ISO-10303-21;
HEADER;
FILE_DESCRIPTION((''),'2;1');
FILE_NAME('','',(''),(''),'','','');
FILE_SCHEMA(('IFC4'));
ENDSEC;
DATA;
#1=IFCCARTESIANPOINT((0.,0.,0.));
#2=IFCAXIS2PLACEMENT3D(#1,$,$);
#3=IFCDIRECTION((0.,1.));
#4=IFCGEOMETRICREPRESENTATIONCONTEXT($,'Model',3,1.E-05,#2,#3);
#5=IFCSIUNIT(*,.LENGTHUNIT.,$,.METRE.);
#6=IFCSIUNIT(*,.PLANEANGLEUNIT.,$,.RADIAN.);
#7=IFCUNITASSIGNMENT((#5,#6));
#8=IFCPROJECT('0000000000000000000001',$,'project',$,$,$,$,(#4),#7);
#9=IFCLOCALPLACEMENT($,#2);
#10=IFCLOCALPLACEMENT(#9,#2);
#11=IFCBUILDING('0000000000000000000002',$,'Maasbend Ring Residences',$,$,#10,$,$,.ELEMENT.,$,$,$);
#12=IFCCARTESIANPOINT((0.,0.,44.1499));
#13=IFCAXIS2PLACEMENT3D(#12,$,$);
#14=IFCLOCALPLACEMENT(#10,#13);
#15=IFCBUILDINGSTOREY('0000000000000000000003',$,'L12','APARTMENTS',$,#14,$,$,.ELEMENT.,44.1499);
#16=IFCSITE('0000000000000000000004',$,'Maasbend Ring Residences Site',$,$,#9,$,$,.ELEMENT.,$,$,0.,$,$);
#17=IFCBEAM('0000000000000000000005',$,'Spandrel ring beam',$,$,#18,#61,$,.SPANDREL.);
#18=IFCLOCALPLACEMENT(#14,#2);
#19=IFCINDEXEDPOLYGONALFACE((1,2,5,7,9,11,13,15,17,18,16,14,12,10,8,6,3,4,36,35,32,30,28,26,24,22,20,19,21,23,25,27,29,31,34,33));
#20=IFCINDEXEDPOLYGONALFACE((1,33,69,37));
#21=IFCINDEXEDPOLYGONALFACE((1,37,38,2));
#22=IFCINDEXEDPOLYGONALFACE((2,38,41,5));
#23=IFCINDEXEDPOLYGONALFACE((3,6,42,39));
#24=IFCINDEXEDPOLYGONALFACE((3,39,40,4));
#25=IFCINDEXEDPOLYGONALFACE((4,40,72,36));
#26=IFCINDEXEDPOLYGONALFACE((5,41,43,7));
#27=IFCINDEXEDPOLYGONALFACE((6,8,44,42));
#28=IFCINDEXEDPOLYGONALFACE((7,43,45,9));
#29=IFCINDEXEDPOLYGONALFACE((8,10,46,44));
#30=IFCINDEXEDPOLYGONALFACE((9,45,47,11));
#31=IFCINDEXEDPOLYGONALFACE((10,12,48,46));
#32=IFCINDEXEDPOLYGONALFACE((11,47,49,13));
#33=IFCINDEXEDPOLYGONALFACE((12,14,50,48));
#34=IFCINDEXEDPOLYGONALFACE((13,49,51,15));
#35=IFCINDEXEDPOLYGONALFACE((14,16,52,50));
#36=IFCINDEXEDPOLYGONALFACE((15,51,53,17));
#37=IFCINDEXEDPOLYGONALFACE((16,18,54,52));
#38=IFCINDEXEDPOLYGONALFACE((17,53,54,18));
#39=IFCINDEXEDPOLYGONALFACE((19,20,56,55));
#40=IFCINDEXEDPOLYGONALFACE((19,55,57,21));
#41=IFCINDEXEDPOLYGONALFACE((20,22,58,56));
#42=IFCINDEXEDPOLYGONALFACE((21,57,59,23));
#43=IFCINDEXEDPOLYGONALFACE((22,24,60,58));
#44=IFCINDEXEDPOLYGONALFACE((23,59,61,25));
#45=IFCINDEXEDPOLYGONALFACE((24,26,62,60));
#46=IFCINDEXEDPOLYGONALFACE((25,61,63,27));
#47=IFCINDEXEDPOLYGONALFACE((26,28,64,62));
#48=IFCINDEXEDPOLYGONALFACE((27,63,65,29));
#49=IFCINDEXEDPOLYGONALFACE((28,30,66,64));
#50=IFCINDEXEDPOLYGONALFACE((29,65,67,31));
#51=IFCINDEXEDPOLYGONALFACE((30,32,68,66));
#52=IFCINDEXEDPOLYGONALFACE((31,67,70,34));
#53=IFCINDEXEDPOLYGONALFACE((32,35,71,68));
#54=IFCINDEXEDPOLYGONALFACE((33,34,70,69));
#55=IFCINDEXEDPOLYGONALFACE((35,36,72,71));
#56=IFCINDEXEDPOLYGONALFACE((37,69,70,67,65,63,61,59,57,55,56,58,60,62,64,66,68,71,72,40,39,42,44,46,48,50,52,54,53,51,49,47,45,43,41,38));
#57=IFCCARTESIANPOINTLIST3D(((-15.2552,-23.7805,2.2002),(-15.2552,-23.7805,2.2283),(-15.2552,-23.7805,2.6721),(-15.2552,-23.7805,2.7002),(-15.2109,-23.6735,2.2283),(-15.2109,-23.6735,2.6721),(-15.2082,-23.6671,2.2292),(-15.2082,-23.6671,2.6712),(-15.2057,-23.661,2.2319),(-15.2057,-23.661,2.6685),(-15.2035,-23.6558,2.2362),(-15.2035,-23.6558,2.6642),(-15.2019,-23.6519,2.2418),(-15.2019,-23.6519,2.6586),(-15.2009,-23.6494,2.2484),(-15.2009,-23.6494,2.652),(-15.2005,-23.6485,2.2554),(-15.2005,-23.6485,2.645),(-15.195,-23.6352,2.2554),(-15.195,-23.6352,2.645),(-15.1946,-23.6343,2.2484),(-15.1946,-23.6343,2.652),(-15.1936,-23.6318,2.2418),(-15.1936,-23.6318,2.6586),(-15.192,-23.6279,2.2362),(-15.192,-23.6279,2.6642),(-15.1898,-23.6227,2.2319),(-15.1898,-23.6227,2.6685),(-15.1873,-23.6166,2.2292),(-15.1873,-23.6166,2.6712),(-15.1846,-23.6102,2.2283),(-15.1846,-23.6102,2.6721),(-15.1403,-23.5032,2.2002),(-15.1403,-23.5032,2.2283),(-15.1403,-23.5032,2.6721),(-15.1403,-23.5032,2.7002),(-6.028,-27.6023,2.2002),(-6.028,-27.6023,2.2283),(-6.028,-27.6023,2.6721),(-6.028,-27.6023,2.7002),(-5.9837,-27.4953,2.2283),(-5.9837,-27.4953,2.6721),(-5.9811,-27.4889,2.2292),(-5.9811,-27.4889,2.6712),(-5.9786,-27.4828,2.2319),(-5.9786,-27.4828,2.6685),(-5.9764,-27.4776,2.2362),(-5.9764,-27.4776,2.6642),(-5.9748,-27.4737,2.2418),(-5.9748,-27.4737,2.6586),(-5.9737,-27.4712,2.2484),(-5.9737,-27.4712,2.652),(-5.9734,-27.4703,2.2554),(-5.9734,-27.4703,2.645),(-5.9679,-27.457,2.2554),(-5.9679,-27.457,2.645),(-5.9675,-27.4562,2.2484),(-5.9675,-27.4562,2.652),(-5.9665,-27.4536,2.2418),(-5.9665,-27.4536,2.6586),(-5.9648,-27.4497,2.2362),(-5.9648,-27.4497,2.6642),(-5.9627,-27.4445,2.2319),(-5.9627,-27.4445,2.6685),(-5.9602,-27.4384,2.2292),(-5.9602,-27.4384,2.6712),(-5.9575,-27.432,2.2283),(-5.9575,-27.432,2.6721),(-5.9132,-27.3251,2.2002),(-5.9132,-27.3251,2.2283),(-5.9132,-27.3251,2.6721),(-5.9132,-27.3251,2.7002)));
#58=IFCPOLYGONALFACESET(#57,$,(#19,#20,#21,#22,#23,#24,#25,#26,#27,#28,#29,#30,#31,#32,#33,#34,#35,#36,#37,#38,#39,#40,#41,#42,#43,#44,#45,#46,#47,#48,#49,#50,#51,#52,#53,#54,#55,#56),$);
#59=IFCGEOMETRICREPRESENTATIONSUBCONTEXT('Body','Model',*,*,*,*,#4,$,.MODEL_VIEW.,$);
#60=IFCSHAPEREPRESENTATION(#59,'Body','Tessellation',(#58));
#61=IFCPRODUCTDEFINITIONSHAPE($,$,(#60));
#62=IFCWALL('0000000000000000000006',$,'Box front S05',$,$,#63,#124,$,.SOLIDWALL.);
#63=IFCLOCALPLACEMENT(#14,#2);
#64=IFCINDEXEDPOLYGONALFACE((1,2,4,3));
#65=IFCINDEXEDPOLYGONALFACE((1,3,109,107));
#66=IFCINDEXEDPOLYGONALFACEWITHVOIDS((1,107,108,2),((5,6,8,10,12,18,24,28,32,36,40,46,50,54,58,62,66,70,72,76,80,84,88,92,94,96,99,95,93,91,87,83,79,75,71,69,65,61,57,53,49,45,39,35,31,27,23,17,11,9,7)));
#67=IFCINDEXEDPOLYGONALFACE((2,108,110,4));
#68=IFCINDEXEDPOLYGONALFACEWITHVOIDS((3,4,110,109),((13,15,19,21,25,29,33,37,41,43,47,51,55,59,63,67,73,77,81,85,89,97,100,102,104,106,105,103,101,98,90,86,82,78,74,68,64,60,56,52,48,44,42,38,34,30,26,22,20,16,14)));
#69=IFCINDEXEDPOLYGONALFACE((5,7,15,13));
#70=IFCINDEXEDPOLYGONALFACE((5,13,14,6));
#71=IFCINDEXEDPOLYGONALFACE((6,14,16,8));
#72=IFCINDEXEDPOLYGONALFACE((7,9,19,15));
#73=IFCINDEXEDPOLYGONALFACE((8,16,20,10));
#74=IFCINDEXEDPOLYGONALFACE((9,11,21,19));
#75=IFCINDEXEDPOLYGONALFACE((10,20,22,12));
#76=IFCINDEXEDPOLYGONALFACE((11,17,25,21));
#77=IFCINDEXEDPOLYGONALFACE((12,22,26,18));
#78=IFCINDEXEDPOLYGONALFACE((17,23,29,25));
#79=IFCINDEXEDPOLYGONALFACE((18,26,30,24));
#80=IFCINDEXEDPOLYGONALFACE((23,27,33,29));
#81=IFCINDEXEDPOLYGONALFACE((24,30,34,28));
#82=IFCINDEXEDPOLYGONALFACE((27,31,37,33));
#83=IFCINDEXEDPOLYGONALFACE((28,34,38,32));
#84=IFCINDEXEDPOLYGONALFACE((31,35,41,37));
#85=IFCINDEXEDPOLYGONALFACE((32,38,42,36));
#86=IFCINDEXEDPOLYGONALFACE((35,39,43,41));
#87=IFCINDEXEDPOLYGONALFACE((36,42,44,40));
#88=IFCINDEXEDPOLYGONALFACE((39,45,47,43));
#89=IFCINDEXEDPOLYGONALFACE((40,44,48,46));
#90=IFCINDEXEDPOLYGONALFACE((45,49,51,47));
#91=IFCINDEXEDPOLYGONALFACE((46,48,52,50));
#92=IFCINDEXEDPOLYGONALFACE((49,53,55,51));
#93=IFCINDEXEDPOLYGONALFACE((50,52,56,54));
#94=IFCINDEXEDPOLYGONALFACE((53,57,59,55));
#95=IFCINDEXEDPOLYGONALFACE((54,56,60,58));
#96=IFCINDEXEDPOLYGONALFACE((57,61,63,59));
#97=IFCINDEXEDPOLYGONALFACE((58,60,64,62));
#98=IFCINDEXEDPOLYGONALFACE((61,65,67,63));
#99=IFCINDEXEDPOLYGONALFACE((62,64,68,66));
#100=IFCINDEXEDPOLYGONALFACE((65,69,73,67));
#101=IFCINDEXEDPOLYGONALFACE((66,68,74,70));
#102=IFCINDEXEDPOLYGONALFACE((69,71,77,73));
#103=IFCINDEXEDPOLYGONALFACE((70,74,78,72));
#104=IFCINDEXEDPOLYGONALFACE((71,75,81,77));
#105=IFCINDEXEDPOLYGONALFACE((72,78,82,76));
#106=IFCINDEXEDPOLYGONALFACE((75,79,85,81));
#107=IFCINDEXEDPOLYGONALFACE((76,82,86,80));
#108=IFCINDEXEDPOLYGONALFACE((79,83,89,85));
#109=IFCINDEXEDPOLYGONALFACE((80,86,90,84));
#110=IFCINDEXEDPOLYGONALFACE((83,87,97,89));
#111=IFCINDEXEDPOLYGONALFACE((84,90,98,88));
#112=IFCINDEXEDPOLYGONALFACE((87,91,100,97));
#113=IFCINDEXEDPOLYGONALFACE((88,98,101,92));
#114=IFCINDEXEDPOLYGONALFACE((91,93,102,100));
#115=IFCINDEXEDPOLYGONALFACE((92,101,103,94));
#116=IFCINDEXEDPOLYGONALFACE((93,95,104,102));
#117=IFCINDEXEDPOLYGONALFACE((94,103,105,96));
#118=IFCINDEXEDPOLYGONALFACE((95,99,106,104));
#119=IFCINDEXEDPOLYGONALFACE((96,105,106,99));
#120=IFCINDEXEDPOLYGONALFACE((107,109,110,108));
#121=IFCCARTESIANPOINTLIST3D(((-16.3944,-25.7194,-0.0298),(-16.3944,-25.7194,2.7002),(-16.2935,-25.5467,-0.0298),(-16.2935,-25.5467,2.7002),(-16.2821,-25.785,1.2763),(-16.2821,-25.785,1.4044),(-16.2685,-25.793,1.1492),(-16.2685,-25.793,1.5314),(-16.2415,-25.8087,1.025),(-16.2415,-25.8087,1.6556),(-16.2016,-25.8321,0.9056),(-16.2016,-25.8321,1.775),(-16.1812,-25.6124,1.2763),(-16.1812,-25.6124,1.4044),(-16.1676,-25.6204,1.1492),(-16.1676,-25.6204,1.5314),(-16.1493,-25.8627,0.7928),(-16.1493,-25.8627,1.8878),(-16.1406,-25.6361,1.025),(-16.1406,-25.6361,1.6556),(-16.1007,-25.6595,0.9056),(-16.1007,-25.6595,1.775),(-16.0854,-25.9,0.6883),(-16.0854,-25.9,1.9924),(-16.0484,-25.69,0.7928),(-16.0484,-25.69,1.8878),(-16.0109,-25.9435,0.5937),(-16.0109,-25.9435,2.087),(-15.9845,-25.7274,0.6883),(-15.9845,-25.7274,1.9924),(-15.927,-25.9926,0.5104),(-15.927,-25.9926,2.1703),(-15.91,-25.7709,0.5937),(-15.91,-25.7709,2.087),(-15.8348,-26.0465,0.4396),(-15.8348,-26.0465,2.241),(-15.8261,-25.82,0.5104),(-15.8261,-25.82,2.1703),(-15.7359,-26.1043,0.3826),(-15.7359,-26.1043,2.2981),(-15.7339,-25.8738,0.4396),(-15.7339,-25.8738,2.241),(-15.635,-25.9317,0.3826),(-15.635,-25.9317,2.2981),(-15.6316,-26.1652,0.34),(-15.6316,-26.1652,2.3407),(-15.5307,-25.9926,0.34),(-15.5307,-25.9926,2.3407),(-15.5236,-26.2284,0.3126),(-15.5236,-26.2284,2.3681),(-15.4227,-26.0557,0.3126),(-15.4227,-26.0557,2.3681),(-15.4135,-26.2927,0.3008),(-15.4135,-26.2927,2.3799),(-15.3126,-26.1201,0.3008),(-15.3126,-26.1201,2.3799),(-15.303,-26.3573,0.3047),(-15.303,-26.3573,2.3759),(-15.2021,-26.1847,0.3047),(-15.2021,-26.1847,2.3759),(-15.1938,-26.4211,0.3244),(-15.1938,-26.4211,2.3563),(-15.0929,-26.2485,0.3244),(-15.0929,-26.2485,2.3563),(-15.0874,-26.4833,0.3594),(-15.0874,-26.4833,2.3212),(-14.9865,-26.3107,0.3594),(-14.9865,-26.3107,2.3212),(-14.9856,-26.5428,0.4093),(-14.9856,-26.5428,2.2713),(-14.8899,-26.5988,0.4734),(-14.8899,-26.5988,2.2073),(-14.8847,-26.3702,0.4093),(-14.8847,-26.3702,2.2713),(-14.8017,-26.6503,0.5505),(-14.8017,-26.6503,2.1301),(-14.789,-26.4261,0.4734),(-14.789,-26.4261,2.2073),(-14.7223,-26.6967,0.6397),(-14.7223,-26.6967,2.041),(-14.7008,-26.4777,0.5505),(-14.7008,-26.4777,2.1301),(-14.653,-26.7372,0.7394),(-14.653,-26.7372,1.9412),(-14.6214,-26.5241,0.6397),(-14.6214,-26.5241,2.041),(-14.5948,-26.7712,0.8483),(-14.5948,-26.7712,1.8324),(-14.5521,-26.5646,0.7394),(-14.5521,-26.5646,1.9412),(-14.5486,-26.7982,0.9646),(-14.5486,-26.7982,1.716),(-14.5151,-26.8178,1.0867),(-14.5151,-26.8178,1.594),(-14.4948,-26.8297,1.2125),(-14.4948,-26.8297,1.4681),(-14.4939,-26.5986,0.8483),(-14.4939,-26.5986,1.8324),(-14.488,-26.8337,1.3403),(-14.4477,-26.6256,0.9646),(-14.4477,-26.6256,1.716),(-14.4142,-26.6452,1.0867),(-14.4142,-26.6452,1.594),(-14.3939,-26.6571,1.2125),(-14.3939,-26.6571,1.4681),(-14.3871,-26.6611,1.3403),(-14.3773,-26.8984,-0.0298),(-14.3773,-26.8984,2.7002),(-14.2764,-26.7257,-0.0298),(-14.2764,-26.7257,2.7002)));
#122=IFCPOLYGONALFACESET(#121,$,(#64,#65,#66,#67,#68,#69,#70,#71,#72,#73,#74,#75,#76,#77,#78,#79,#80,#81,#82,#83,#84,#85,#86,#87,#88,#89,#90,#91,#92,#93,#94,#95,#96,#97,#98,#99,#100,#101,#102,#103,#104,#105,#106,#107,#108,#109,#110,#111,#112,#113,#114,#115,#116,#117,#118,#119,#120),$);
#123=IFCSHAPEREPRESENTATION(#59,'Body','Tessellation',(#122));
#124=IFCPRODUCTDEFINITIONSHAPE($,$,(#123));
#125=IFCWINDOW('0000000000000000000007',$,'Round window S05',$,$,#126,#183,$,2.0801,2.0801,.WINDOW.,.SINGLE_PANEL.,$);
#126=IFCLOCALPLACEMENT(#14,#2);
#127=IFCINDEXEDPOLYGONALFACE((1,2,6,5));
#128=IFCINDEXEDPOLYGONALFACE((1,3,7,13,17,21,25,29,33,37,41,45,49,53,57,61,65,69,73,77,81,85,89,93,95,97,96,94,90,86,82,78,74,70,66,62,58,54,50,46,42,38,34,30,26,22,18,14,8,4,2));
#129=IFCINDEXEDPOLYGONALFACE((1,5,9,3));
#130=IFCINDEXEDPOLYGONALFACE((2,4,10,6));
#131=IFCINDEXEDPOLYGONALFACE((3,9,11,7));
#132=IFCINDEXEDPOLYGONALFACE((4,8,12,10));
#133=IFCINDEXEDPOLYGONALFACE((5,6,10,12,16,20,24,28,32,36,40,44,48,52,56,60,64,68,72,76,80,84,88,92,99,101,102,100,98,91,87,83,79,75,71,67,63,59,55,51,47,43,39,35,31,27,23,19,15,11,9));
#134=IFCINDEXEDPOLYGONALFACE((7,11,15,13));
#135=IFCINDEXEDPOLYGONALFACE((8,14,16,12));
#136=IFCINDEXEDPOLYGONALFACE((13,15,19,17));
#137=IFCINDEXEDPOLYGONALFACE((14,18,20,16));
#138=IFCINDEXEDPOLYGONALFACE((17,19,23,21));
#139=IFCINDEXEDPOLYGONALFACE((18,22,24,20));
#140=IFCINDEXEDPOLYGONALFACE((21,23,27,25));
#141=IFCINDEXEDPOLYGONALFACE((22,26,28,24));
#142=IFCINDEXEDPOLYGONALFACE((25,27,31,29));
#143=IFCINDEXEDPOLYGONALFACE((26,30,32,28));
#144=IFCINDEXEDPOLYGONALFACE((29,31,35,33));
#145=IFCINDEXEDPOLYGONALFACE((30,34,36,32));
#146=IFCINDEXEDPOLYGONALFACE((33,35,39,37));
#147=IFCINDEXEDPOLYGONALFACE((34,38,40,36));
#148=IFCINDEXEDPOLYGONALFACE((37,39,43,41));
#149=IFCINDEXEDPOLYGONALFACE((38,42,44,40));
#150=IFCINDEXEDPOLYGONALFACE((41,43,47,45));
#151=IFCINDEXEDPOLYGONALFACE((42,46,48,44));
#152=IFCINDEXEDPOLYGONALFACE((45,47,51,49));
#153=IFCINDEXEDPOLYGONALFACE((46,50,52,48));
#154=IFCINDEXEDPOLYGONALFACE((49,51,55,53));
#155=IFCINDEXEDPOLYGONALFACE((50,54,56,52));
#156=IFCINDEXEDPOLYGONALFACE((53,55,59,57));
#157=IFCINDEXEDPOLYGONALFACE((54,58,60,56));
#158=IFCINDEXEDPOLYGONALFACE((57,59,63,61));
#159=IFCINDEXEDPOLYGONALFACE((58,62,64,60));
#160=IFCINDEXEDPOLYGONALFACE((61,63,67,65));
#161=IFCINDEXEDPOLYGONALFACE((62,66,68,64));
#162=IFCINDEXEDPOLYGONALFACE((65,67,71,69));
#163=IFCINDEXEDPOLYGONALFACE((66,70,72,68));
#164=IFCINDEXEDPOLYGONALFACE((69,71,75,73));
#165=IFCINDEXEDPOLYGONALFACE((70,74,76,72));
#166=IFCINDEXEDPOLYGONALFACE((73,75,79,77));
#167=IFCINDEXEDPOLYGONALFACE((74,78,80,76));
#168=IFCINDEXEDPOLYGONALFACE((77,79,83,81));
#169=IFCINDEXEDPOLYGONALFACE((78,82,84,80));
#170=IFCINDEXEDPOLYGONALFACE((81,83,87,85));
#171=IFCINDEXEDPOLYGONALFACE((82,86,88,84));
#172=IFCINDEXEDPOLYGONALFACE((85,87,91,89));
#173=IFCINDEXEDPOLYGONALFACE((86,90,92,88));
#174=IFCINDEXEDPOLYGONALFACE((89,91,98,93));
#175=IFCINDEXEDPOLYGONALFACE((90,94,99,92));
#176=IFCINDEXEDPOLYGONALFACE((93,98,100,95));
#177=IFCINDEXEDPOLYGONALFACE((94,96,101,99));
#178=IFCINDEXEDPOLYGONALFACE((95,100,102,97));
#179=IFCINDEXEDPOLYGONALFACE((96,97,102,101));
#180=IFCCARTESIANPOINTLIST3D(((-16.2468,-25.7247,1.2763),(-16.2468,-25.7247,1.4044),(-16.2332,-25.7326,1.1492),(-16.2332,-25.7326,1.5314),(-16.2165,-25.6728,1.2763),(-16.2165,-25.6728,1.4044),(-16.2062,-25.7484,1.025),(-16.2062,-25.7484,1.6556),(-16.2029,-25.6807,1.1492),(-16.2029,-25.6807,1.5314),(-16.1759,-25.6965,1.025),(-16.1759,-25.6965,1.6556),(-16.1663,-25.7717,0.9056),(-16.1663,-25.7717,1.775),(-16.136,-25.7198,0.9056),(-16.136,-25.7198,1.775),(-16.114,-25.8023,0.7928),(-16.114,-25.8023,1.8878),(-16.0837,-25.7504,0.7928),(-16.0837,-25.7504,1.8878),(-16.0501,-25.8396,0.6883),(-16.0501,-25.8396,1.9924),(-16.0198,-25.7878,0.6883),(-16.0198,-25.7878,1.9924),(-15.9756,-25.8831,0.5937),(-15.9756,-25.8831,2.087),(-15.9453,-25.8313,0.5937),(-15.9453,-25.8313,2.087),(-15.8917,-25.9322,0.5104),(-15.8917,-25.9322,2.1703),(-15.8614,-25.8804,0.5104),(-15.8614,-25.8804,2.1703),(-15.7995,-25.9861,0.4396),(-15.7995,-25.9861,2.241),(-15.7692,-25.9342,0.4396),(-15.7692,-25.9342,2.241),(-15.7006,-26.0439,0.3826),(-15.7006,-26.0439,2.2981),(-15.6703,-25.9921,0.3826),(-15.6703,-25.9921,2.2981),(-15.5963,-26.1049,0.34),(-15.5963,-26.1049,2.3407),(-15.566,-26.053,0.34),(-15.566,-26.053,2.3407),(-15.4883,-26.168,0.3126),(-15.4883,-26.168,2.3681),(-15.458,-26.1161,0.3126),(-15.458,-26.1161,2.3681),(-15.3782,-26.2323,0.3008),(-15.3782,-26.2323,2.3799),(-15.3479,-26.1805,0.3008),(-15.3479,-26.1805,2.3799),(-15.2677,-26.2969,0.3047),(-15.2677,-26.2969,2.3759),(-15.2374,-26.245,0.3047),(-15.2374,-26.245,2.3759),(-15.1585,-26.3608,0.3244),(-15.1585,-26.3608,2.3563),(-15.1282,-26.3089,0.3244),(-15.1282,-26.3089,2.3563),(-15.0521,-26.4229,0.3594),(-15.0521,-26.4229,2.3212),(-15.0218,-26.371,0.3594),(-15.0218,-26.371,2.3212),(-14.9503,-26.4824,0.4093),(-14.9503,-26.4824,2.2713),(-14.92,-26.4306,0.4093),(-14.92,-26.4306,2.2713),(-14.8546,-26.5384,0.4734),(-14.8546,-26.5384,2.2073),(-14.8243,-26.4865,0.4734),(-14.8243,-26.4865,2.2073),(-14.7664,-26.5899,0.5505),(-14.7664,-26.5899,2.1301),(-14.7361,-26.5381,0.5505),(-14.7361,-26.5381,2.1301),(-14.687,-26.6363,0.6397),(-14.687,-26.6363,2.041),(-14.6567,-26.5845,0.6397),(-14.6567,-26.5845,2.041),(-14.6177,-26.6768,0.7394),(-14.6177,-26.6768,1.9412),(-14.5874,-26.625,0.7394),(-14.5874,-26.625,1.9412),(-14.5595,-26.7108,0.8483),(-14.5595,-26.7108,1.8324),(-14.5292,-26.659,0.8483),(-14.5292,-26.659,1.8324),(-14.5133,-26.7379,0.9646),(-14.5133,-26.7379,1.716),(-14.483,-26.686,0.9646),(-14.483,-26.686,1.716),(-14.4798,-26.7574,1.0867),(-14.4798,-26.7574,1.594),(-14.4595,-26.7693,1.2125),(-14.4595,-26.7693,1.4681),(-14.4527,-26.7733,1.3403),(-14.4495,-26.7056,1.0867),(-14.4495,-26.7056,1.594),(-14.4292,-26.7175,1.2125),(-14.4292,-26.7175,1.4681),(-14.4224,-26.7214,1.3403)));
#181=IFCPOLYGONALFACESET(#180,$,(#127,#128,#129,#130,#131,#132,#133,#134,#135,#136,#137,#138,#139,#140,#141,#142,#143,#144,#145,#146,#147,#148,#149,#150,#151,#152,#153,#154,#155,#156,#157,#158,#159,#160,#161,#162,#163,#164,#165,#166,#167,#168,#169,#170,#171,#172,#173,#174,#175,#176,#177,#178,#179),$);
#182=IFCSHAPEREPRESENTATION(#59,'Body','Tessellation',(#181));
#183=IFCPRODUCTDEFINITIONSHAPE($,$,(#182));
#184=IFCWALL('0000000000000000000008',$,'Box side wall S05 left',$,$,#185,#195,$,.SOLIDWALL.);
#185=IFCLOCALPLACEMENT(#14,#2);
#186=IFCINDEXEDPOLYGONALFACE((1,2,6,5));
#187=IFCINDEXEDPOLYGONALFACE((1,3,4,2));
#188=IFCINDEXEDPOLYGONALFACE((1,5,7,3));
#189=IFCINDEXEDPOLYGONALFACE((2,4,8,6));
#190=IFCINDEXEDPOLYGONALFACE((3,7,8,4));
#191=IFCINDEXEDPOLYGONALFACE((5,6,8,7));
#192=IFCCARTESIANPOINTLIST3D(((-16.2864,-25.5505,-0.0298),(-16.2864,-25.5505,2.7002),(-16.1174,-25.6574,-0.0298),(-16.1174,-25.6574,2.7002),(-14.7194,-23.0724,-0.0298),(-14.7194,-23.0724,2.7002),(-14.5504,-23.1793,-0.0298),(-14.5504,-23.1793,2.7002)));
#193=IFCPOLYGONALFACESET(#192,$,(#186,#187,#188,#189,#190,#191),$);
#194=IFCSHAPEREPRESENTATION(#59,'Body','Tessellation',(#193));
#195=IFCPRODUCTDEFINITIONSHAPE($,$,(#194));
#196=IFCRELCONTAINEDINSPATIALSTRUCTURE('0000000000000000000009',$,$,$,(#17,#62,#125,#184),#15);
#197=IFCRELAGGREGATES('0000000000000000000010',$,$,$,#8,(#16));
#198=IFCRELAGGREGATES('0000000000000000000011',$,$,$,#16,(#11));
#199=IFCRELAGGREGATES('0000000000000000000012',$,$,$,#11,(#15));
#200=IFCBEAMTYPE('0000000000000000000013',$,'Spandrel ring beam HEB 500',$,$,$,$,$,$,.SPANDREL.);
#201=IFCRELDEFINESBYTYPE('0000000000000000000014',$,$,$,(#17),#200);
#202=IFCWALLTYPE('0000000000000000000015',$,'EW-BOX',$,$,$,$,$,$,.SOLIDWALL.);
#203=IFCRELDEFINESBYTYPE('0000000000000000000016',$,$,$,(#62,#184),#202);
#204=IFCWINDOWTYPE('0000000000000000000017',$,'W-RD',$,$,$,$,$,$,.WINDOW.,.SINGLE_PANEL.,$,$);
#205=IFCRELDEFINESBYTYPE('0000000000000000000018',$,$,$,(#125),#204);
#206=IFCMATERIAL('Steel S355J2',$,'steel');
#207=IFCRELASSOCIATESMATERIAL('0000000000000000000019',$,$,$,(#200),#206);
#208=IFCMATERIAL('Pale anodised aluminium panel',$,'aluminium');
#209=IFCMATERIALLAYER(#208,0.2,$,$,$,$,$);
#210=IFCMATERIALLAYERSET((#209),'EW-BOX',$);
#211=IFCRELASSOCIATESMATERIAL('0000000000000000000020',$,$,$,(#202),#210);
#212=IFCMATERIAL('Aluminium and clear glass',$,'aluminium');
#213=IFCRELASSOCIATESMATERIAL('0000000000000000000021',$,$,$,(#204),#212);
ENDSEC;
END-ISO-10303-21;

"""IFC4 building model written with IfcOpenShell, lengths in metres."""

from ifc_helpers import new_model, si_unit, direction, frame, frame_2d, origin, origin_2d, place, context, subcontext, project, spatial, rectangle, circle, i_section, extrude, material, layer, layer_set, material_profile, profile_set, type_object, element, fill, save


model = new_model("IFC4")

# Units and contexts
model_context = context("Model", 3, precision=1e-05, world=origin(), true_north=direction((0.0, 1.0)))
body_context = subcontext(model_context, "Body", "Model", "MODEL_VIEW")
ifc_project = project(units=[si_unit("LENGTHUNIT", "METRE"), si_unit("PLANEANGLEUNIT", "RADIAN")], contexts=[model_context])

# Site, building, storey
site_placement = place(None, origin())
site = spatial("IfcSite", under=ifc_project, at=site_placement, Name="Maasbend Ring Residences Site", CompositionType="ELEMENT", RefElevation=0.0)
building_placement = place(site_placement, origin())
building = spatial("IfcBuilding", under=site, at=building_placement, Name="Maasbend Ring Residences", CompositionType="ELEMENT")
storey_placement = place(building_placement, frame((0.0, 0.0, 44.1499)))
storey = spatial("IfcBuildingStorey", under=building, at=storey_placement, Name="L12", Description="APARTMENTS", CompositionType="ELEMENT", Elevation=44.1499)

# Beam
ifc_material_1 = material(Name="Steel S355J2", Category="steel")
ifc_material_profile_1 = material_profile(ifc_material_1, i_section(OverallWidth=0.3, OverallDepth=0.5, WebThickness=0.0144, FlangeThickness=0.0281, FilletRadius=0.0271, at=origin_2d()), Name="HEB 500")
ifc_profile_set_1 = profile_set([ifc_material_profile_1], Name="Steel S355J2")
beam_type_1 = type_object("IfcBeamType", Name="Spandrel ring beam HEB 500", PredefinedType="SPANDREL", material=ifc_profile_set_1)
beam_1_placement = place(storey_placement, frame((-15.1978, -23.6418, 2.4502), z_axis=(0.923886, -0.382667, 0.0), x_axis=(0.382667, 0.923886, 0.0)))
element("IfcBeam", 1, at=beam_1_placement, inside=storey, type_object=beam_type_1, Name="Spandrel ring beam", PredefinedType="SPANDREL", context=body_context, shape_type="SweptSolid", body=[
    extrude(i_section(OverallWidth=0.3, OverallDepth=0.5, WebThickness=0.0144, FlangeThickness=0.0281, FilletRadius=0.0271, at=origin_2d()), origin(), (0.0, 0.0, 1.0), 9.9873),
])

# Wall, opening, window
ifc_material_2 = material(Name="Pale anodised aluminium panel", Category="aluminium")
ifc_layer_1 = layer(ifc_material_2, 0.2)
ifc_layer_set_1 = layer_set([ifc_layer_1], Name="EW-BOX")
wall_type_1 = type_object("IfcWallType", Name="EW-BOX", PredefinedType="SOLIDWALL", material=ifc_layer_set_1)
wall_1_placement = place(storey_placement, frame((-16.344, -25.6331, -0.0298), z_axis=(0.0, 0.0, 1.0), x_axis=(0.863347, -0.504612, 0.0)))
wall_1 = element("IfcWall", 2, at=wall_1_placement, inside=storey, type_object=wall_type_1, Name="Box front S05", PredefinedType="SOLIDWALL", context=body_context, shape_type="SweptSolid", body=[
    extrude(rectangle(XDim=2.3364, YDim=0.2, at=frame_2d((1.1682, 0.0))), origin(), (0.0, 0.0, 1.0), 2.73),
])
opening_1_placement = place(wall_1_placement, frame((0.1282, 0.0, 0.3301)))
opening_1 = element("IfcOpeningElement", 3, at=opening_1_placement, cuts=wall_1, PredefinedType="OPENING", context=body_context, shape_type="SweptSolid", body=[
    extrude(circle(Radius=1.04, at=frame_2d((1.04, 1.04))), frame((0.0, 0.1099, 0.0), z_axis=(0.0, -1.0, 0.0), x_axis=(1.0, 0.0, 0.0)), (0.0, 0.0, 1.0), 0.22),
])
ifc_material_3 = material(Name="Aluminium and clear glass", Category="aluminium")
window_type_1 = type_object("IfcWindowType", Name="W-RD", PartitioningType="SINGLE_PANEL", PredefinedType="WINDOW", material=ifc_material_3)
window_1_placement = place(opening_1_placement, origin())
window_1 = element("IfcWindow", 4, at=window_1_placement, inside=storey, type_object=window_type_1, Name="Round window S05", OverallHeight=2.0801, OverallWidth=2.0801, PartitioningType="SINGLE_PANEL", PredefinedType="WINDOW", context=body_context, shape_type="SweptSolid", body=[
    extrude(circle(Radius=1.04, at=frame_2d((1.04, 1.04))), frame((0.0, 0.03, 0.0), z_axis=(0.0, -1.0, 0.0), x_axis=(1.0, 0.0, 0.0)), (0.0, 0.0, 1.0), 0.0601),
])
fill(opening_1, window_1)

# Wall
wall_2_placement = place(storey_placement, frame((-14.635, -23.126, -0.0298), z_axis=(0.0, 0.0, 1.0), x_axis=(-0.534438, -0.845208, 0.0)))
element("IfcWall", 5, at=wall_2_placement, inside=storey, type_object=wall_type_1, Name="Box side wall S05 left", PredefinedType="SOLIDWALL", context=body_context, shape_type="SweptSolid", body=[
    extrude(rectangle(XDim=2.9319, YDim=0.2, at=frame_2d((1.4658, 0.0))), origin(), (0.0, 0.0, 1.0), 2.73),
])

save(model, "model.ifc")
